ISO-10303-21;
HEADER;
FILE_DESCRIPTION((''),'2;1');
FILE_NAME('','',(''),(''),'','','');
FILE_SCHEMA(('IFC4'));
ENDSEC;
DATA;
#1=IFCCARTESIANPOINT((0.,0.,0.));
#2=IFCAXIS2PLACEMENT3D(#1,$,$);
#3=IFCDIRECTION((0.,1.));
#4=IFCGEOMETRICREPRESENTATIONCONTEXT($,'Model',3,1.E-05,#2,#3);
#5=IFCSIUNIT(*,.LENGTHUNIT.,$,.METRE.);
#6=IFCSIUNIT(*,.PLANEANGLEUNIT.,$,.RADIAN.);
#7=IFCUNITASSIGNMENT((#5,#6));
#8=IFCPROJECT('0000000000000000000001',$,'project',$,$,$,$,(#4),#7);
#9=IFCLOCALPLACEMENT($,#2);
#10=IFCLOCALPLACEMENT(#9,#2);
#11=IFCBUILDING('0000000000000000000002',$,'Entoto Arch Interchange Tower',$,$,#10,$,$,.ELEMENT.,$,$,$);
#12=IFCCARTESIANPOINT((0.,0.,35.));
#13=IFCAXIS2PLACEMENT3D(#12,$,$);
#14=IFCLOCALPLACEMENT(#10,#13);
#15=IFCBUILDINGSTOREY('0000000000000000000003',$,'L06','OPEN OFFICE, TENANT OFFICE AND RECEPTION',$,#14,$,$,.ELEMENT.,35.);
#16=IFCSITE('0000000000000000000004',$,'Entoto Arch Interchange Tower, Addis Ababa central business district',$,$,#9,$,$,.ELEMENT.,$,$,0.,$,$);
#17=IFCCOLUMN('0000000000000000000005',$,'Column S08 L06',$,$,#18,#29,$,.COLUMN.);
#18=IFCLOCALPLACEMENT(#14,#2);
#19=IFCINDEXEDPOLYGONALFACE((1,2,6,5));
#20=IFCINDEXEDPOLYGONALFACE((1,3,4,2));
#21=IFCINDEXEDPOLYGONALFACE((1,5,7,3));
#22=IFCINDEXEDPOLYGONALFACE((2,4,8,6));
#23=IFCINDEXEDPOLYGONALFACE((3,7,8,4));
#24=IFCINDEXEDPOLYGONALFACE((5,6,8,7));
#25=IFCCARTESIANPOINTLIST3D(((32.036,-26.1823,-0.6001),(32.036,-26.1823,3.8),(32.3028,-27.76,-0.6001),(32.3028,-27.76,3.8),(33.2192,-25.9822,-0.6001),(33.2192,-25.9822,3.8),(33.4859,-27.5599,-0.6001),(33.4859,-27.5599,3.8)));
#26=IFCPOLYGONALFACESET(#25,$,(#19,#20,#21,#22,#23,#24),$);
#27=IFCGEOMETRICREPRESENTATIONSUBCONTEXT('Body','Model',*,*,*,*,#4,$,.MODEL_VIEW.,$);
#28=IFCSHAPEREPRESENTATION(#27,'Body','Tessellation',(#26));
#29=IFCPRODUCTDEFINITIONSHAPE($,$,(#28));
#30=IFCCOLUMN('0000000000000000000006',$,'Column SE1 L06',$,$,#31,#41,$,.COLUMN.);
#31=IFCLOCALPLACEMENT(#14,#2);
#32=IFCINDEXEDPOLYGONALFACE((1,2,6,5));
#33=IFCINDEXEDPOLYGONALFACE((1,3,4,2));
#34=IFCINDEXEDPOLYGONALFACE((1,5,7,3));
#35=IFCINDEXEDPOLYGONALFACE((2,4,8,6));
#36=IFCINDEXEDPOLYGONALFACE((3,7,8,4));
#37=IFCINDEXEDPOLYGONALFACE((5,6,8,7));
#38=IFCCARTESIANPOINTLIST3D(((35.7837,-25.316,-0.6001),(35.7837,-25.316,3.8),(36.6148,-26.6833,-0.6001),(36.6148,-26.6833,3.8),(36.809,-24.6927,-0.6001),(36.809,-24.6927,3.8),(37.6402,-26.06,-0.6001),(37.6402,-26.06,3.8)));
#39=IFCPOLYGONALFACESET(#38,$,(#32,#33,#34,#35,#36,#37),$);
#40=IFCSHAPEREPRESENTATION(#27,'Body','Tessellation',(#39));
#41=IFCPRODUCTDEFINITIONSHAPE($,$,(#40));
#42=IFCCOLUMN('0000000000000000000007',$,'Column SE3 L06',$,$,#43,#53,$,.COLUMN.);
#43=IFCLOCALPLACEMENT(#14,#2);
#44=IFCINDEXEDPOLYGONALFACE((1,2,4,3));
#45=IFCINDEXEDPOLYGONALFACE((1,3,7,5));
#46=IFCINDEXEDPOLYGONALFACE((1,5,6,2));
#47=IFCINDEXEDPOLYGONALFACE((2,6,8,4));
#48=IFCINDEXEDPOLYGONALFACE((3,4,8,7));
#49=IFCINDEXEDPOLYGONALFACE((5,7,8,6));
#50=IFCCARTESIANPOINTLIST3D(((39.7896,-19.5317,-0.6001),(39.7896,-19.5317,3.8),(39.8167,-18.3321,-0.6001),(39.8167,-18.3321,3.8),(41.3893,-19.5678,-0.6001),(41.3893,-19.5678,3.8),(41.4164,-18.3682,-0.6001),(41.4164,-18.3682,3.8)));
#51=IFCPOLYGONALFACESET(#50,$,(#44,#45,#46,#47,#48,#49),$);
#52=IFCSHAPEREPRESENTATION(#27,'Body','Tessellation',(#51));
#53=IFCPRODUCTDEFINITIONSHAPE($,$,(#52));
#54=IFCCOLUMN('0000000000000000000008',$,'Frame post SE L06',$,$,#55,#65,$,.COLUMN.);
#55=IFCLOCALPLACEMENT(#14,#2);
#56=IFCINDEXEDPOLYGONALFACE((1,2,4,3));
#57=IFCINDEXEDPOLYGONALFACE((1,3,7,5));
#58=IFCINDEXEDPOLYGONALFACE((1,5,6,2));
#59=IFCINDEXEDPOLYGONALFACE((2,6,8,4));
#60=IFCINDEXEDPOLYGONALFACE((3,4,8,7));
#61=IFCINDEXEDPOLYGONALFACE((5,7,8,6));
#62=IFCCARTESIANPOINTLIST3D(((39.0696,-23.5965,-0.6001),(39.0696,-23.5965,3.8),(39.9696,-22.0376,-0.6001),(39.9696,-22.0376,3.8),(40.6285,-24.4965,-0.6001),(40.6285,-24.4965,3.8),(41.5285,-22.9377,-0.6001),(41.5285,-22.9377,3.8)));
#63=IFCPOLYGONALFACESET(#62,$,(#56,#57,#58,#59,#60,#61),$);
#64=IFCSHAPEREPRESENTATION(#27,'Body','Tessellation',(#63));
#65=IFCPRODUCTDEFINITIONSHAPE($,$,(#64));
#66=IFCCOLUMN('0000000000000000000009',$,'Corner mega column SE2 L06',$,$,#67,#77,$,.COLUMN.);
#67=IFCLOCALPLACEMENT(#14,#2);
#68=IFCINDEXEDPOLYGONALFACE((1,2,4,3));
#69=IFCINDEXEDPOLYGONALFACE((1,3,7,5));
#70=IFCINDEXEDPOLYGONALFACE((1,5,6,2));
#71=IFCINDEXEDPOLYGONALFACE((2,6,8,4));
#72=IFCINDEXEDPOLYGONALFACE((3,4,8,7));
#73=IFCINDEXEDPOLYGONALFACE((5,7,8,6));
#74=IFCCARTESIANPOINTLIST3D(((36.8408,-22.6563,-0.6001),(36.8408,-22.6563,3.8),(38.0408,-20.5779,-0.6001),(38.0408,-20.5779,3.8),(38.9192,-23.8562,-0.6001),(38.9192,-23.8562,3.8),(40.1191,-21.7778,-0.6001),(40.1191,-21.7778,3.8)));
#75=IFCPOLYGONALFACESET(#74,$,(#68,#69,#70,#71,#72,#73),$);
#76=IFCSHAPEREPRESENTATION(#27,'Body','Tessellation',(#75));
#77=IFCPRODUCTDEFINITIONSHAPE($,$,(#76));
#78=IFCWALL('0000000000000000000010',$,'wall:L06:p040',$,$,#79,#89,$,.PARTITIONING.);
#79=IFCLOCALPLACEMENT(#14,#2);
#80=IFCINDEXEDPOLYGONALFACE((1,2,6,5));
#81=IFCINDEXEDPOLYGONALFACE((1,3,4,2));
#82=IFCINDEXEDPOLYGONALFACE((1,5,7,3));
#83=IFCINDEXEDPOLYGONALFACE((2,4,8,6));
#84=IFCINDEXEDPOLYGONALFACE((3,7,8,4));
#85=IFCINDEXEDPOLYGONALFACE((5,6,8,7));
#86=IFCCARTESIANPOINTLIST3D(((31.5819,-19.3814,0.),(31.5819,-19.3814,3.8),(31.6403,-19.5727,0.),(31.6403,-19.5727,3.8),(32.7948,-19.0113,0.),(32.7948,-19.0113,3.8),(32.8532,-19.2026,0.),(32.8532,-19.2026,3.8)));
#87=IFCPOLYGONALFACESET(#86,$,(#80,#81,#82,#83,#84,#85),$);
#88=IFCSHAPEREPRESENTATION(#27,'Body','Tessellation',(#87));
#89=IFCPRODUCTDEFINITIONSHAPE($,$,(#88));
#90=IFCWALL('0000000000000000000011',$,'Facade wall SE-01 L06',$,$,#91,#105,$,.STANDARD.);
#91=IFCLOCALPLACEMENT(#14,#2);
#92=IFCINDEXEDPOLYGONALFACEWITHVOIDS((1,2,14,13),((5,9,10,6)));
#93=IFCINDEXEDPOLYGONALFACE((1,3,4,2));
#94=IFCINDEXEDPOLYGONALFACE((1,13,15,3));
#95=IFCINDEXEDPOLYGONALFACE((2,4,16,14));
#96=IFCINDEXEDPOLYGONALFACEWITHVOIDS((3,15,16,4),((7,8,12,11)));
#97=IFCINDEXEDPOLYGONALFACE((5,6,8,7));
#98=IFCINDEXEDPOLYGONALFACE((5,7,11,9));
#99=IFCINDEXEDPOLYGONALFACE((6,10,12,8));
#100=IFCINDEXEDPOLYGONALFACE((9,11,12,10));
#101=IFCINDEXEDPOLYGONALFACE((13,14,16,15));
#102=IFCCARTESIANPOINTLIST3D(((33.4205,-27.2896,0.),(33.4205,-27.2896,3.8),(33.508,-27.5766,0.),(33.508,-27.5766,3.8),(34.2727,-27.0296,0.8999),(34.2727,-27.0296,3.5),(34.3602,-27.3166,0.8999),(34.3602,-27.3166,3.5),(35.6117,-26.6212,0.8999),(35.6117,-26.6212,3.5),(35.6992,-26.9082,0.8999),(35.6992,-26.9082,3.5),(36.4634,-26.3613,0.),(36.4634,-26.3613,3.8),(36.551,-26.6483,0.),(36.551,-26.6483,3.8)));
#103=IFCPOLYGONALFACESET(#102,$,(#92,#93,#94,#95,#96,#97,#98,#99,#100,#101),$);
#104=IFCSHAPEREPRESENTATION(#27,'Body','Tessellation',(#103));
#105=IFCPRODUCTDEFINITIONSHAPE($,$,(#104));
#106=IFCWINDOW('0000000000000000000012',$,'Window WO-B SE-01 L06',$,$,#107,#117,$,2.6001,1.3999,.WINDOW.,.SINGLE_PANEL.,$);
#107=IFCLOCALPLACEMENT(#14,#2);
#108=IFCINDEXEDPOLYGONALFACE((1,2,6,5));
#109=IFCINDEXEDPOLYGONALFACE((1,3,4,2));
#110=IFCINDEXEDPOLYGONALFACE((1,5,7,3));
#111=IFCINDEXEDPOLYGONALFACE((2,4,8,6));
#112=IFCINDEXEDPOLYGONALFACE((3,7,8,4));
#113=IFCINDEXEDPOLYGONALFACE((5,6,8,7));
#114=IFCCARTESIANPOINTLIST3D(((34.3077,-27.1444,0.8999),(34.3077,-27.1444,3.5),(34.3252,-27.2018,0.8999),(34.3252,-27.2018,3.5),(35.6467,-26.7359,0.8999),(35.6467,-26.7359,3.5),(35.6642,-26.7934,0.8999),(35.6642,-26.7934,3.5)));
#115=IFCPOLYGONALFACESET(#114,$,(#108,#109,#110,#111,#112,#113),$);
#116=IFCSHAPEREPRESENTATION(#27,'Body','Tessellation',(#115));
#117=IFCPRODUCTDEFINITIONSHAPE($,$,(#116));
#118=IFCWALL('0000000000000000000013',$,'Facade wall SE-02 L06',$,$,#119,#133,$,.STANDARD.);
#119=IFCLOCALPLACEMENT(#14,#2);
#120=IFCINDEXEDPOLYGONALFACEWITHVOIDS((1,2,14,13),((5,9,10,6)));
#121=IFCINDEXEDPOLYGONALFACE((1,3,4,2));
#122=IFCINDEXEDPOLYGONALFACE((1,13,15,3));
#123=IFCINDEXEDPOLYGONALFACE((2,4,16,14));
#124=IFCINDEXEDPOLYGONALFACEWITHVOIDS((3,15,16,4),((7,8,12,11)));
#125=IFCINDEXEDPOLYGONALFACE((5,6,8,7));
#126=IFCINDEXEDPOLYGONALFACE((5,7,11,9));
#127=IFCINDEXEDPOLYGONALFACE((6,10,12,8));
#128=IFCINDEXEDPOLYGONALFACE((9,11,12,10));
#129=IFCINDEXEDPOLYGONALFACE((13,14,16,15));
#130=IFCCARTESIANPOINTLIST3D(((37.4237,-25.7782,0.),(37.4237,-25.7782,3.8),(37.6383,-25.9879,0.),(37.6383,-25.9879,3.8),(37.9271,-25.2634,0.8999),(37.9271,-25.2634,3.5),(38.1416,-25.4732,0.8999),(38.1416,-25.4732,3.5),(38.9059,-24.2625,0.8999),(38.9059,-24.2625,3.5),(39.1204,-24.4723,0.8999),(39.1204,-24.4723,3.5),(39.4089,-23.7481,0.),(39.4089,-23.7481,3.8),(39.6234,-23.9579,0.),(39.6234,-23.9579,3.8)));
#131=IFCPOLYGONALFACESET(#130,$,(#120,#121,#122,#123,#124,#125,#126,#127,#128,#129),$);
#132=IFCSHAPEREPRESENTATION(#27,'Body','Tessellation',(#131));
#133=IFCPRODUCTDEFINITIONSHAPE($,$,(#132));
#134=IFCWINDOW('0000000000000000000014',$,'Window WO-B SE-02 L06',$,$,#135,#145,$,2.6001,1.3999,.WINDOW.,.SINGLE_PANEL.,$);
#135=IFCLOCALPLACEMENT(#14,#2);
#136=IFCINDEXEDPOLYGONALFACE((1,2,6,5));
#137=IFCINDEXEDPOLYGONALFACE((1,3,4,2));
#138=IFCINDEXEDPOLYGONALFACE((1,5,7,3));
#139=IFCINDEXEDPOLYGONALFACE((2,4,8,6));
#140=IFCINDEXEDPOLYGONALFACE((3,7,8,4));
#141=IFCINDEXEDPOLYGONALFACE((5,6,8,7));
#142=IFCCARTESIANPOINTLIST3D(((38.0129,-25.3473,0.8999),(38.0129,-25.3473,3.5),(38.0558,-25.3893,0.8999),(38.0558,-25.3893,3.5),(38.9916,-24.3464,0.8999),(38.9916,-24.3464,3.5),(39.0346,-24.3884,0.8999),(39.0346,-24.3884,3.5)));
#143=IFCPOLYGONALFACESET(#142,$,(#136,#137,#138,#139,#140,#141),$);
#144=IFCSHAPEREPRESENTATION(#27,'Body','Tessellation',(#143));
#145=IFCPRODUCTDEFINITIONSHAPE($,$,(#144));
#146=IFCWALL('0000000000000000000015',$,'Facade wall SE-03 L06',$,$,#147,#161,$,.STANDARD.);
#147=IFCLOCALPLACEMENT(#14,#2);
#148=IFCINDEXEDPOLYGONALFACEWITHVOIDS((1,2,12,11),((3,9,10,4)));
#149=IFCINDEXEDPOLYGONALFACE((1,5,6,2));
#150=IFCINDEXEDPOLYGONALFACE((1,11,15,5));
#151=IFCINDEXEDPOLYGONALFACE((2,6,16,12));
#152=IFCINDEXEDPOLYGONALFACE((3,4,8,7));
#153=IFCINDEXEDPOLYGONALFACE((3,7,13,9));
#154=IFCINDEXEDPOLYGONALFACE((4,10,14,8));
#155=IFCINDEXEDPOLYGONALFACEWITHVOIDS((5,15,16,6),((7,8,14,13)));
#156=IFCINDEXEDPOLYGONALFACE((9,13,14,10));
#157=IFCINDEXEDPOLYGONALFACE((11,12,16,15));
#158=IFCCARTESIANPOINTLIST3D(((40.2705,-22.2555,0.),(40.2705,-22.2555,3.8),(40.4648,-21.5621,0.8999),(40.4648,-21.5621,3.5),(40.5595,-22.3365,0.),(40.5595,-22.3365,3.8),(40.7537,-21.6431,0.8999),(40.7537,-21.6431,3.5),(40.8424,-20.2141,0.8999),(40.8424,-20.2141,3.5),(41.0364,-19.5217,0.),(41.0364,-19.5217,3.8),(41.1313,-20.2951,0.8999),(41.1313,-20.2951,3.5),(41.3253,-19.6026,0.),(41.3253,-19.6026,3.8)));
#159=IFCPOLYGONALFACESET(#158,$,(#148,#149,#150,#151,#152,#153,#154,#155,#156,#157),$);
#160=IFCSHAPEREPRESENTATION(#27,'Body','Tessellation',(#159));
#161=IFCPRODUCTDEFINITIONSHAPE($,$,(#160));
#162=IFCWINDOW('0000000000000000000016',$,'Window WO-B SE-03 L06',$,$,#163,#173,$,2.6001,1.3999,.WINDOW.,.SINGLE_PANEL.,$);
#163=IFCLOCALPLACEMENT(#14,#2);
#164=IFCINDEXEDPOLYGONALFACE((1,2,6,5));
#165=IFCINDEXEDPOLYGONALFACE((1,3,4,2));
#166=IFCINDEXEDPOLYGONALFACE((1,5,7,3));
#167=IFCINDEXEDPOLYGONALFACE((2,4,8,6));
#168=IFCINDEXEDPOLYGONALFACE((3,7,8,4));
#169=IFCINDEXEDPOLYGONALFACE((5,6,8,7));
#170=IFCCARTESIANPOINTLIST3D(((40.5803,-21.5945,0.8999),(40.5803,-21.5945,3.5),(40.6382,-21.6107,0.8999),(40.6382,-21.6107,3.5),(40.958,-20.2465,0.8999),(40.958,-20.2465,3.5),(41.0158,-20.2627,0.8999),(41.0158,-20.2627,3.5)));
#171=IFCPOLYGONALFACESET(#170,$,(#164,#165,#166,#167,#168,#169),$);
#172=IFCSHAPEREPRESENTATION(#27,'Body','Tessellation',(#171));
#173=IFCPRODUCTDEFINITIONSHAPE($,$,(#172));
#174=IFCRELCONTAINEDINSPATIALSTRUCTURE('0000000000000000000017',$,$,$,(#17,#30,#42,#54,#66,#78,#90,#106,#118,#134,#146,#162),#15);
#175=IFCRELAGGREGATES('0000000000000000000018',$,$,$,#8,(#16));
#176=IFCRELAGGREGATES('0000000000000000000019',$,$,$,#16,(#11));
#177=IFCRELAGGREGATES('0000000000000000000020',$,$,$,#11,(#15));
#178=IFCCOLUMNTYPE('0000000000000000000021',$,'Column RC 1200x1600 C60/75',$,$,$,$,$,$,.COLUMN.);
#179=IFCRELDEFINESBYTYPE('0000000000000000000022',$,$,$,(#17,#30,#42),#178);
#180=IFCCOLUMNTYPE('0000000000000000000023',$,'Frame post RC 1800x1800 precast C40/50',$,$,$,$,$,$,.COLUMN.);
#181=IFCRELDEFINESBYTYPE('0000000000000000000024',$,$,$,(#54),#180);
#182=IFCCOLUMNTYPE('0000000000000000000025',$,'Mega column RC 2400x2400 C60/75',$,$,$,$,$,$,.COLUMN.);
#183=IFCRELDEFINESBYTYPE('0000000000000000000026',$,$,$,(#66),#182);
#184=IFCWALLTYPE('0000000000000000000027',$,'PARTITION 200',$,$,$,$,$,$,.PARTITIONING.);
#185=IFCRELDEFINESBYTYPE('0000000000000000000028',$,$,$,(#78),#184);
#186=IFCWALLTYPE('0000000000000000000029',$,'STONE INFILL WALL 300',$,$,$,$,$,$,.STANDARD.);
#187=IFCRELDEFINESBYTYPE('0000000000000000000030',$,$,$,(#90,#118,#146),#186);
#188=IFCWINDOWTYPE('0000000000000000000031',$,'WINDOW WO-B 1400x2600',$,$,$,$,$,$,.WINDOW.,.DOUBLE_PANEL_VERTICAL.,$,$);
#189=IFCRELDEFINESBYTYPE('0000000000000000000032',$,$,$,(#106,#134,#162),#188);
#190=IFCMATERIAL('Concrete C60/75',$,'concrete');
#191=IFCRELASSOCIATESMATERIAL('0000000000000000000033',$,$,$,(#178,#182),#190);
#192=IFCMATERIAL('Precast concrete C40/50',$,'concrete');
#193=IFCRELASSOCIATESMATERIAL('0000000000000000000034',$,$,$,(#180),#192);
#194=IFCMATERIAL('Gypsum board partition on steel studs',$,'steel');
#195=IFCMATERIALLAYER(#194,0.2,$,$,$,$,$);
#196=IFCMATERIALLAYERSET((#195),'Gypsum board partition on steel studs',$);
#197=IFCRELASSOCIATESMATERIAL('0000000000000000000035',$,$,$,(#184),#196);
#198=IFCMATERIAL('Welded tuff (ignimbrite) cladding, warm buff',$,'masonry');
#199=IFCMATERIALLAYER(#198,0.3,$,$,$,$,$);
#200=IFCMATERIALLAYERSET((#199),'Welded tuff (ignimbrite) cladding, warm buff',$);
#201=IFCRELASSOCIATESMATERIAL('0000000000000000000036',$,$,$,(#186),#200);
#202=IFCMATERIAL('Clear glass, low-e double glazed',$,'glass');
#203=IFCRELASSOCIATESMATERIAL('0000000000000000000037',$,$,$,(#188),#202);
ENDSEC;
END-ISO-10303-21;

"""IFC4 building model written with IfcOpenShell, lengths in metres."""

from ifc_helpers import new_model, si_unit, direction, frame, frame_2d, origin, origin_2d, place, context, subcontext, project, spatial, rectangle, extrude, material, layer, layer_set, material_profile, profile_set, type_object, element, fill, save


model = new_model("IFC4")

# Units and contexts
model_context = context("Model", 3, precision=1e-05, world=origin(), true_north=direction((0.0, 1.0)))
body_context = subcontext(model_context, "Body", "Model", "MODEL_VIEW")
ifc_project = project(units=[si_unit("LENGTHUNIT", "METRE"), si_unit("PLANEANGLEUNIT", "RADIAN")], contexts=[model_context])

# Site, building, storey
site_placement = place(None, origin())
site = spatial("IfcSite", under=ifc_project, at=site_placement, Name="Entoto Arch Interchange Tower, Addis Ababa central business district", CompositionType="ELEMENT", RefElevation=0.0)
building_placement = place(site_placement, origin())
building = spatial("IfcBuilding", under=site, at=building_placement, Name="Entoto Arch Interchange Tower", CompositionType="ELEMENT")
storey_placement = place(building_placement, frame((0.0, 0.0, 35.0)))
storey = spatial("IfcBuildingStorey", under=building, at=storey_placement, Name="L06", Description="OPEN OFFICE, TENANT OFFICE AND RECEPTION", CompositionType="ELEMENT", Elevation=35.0)

# Columns
ifc_material_1 = material(Name="Concrete C60/75", Category="concrete")
ifc_material_profile_1 = material_profile(ifc_material_1, rectangle(XDim=1.2, YDim=1.6001, at=origin_2d()))
ifc_profile_set_1 = profile_set([ifc_material_profile_1], Name="Concrete C60/75")
column_type_1 = type_object("IfcColumnType", Name="Column RC 1200x1600 C60/75", PredefinedType="COLUMN", material=ifc_profile_set_1)
for number, where, z_axis, x_axis, name in (
    (1, (32.761, -26.8711, -0.6001), (0.0, 0.0, 1.0), (0.986005, 0.166717, 0.0), "Column S08 L06"),
    (2, (36.7119, -25.688, -0.6001), (0.0, 0.0, 1.0), (0.854522, 0.519415, 0.0), "Column SE1 L06"),
    (3, (40.603, -18.95, -0.6001), (0.0, 0.0, 1.0), (0.022565, 0.999745, 0.0), "Column SE3 L06"),
):
    element("IfcColumn", number, at=place(storey_placement, frame(where, z_axis=z_axis, x_axis=x_axis)), inside=storey, type_object=column_type_1, Name=name, PredefinedType="COLUMN", context=body_context, shape_type="SweptSolid", body=[
        extrude(rectangle(XDim=1.2, YDim=1.6001, at=origin_2d()), origin(), (0.0, 0.0, 1.0), 4.4001),
    ])
ifc_material_2 = material(Name="Precast concrete C40/50", Category="concrete")
ifc_material_profile_2 = material_profile(ifc_material_2, rectangle(XDim=1.8, YDim=1.8, at=origin_2d()))
ifc_profile_set_2 = profile_set([ifc_material_profile_2], Name="Precast concrete C40/50")
column_type_2 = type_object("IfcColumnType", Name="Frame post RC 1800x1800 precast C40/50", PredefinedType="COLUMN", material=ifc_profile_set_2)
column_1_placement = place(storey_placement, frame((40.2991, -23.2671, -0.6001), z_axis=(0.0, 0.0, 1.0), x_axis=(-0.866025, 0.5, 0.0)))
element("IfcColumn", 4, at=column_1_placement, inside=storey, type_object=column_type_2, Name="Frame post SE L06", PredefinedType="COLUMN", context=body_context, shape_type="SweptSolid", body=[
    extrude(rectangle(XDim=1.8, YDim=1.8, at=origin_2d()), origin(), (0.0, 0.0, 1.0), 4.4001),
])
ifc_material_profile_3 = material_profile(ifc_material_1, rectangle(XDim=2.3999, YDim=2.3999, at=origin_2d()))
ifc_profile_set_3 = profile_set([ifc_material_profile_3], Name="Concrete C60/75")
column_type_3 = type_object("IfcColumnType", Name="Mega column RC 2400x2400 C60/75", PredefinedType="COLUMN", material=ifc_profile_set_3)
column_2_placement = place(storey_placement, frame((38.48, -22.217, -0.6001), z_axis=(0.0, 0.0, 1.0), x_axis=(-0.866025, 0.5, 0.0)))
element("IfcColumn", 5, at=column_2_placement, inside=storey, type_object=column_type_3, Name="Corner mega column SE2 L06", PredefinedType="COLUMN", context=body_context, shape_type="SweptSolid", body=[
    extrude(rectangle(XDim=2.3999, YDim=2.3999, at=origin_2d()), origin(), (0.0, 0.0, 1.0), 4.4001),
])

# Wall
ifc_material_3 = material(Name="Gypsum board partition on steel studs", Category="steel")
ifc_layer_1 = layer(ifc_material_3, 0.2)
ifc_layer_set_1 = layer_set([ifc_layer_1], Name="Gypsum board partition on steel studs")
wall_type_1 = type_object("IfcWallType", Name="PARTITION 200", PredefinedType="PARTITIONING", material=ifc_layer_set_1)
wall_1_placement = place(storey_placement, frame((32.824, -19.1069, 0.0), z_axis=(0.0, 0.0, 1.0), x_axis=(-0.956459, -0.291866, 0.0)))
element("IfcWall", 6, at=wall_1_placement, inside=storey, type_object=wall_type_1, Name="wall:L06:p040", PredefinedType="PARTITIONING", context=body_context, shape_type="SweptSolid", body=[
    extrude(rectangle(XDim=1.2681, YDim=0.2, at=frame_2d((0.634, 0.0))), origin(), (0.0, 0.0, 1.0), 3.8),
])

# Walls, openings, windows
ifc_material_4 = material(Name="Welded tuff (ignimbrite) cladding, warm buff", Category="masonry")
ifc_layer_2 = layer(ifc_material_4, 0.3)
ifc_layer_set_2 = layer_set([ifc_layer_2], Name="Welded tuff (ignimbrite) cladding, warm buff")
wall_type_2 = type_object("IfcWallType", Name="STONE INFILL WALL 300", PredefinedType="STANDARD", material=ifc_layer_set_2)
wall_2_placement = place(storey_placement, frame((33.4641, -27.4331, 0.0), z_axis=(0.0, 0.0, 1.0), x_axis=(0.95649, 0.291766, 0.0)))
wall_2 = element("IfcWall", 7, at=wall_2_placement, inside=storey, type_object=wall_type_2, Name="Facade wall SE-01 L06", PredefinedType="STANDARD", context=body_context, shape_type="SweptSolid", body=[
    extrude(rectangle(XDim=3.1814, YDim=0.3, at=frame_2d((1.5908, 0.0))), origin(), (0.0, 0.0, 1.0), 3.8),
])
opening_1_placement = place(wall_2_placement, frame((0.8911, 0.0, 0.8999)))
opening_1 = element("IfcOpeningElement", 8, at=opening_1_placement, cuts=wall_2, PredefinedType="OPENING", context=body_context, shape_type="SweptSolid", body=[
    extrude(rectangle(XDim=1.3999, YDim=2.6001, at=frame_2d((0.7, 1.3))), frame((0.0, 0.1602, 0.0), z_axis=(0.0, -1.0, 0.0), x_axis=(1.0, 0.0, 0.0)), (0.0, 0.0, 1.0), 0.3201),
])
ifc_material_5 = material(Name="Clear glass, low-e double glazed", Category="glass")
window_type = type_object("IfcWindowType", Name="WINDOW WO-B 1400x2600", PartitioningType="DOUBLE_PANEL_VERTICAL", PredefinedType="WINDOW", material=ifc_material_5)
window_1_placement = place(opening_1_placement, origin())
window_1 = element("IfcWindow", 9, at=window_1_placement, inside=storey, type_object=window_type, Name="Window WO-B SE-01 L06", OverallHeight=2.6001, OverallWidth=1.3999, PartitioningType="SINGLE_PANEL", PredefinedType="WINDOW", context=body_context, shape_type="SweptSolid", body=[
    extrude(rectangle(XDim=1.3999, YDim=2.6001, at=frame_2d((0.7, 1.3))), frame((0.0, 0.03, 0.0), z_axis=(0.0, -1.0, 0.0), x_axis=(1.0, 0.0, 0.0)), (0.0, 0.0, 1.0), 0.0601),
])
fill(opening_1, window_1)
wall_3_placement = place(storey_placement, frame((37.531, -25.8831, 0.0), z_axis=(0.0, 0.0, 1.0), x_axis=(0.699152, 0.714973, 0.0)))
wall_3 = element("IfcWall", 10, at=wall_3_placement, inside=storey, type_object=wall_type_2, Name="Facade wall SE-02 L06", PredefinedType="STANDARD", context=body_context, shape_type="SweptSolid", body=[
    extrude(rectangle(XDim=2.8394, YDim=0.3, at=frame_2d((1.4197, 0.0))), origin(), (0.0, 0.0, 1.0), 3.8),
])
opening_2_placement = place(wall_3_placement, frame((0.72, 0.0, 0.8999)))
opening_2 = element("IfcOpeningElement", 11, at=opening_2_placement, cuts=wall_3, PredefinedType="OPENING", context=body_context, shape_type="SweptSolid", body=[
    extrude(rectangle(XDim=1.3999, YDim=2.6001, at=frame_2d((0.7, 1.3))), frame((0.0, 0.1602, 0.0), z_axis=(0.0, -1.0, 0.0), x_axis=(1.0, 0.0, 0.0)), (0.0, 0.0, 1.0), 0.3201),
])
window_2_placement = place(opening_2_placement, origin())
window_2 = element("IfcWindow", 12, at=window_2_placement, inside=storey, type_object=window_type, Name="Window WO-B SE-02 L06", OverallHeight=2.6001, OverallWidth=1.3999, PartitioningType="SINGLE_PANEL", PredefinedType="WINDOW", context=body_context, shape_type="SweptSolid", body=[
    extrude(rectangle(XDim=1.3999, YDim=2.6001, at=frame_2d((0.7, 1.3))), frame((0.0, 0.03, 0.0), z_axis=(0.0, -1.0, 0.0), x_axis=(1.0, 0.0, 0.0)), (0.0, 0.0, 1.0), 0.0601),
])
fill(opening_2, window_2)
wall_4_placement = place(storey_placement, frame((40.415, -22.2959, 0.0), z_axis=(0.0, 0.0, 1.0), x_axis=(0.269754, 0.962929, 0.0)))
wall_4 = element("IfcWall", 13, at=wall_4_placement, inside=storey, type_object=wall_type_2, Name="Facade wall SE-03 L06", PredefinedType="STANDARD", context=body_context, shape_type="SweptSolid", body=[
    extrude(rectangle(XDim=2.8391, YDim=0.3, at=frame_2d((1.4194, 0.0))), origin(), (0.0, 0.0, 1.0), 3.8),
])
opening_3_placement = place(wall_4_placement, frame((0.72, 0.0, 0.8999)))
opening_3 = element("IfcOpeningElement", 14, at=opening_3_placement, cuts=wall_4, PredefinedType="OPENING", context=body_context, shape_type="SweptSolid", body=[
    extrude(rectangle(XDim=1.3999, YDim=2.6001, at=frame_2d((0.7, 1.3))), frame((0.0, 0.1602, 0.0), z_axis=(0.0, -1.0, 0.0), x_axis=(1.0, 0.0, 0.0)), (0.0, 0.0, 1.0), 0.3201),
])
window_3_placement = place(opening_3_placement, origin())
window_3 = element("IfcWindow", 15, at=window_3_placement, inside=storey, type_object=window_type, Name="Window WO-B SE-03 L06", OverallHeight=2.6001, OverallWidth=1.3999, PartitioningType="SINGLE_PANEL", PredefinedType="WINDOW", context=body_context, shape_type="SweptSolid", body=[
    extrude(rectangle(XDim=1.3999, YDim=2.6001, at=frame_2d((0.7, 1.3))), frame((0.0, 0.03, 0.0), z_axis=(0.0, -1.0, 0.0), x_axis=(1.0, 0.0, 0.0)), (0.0, 0.0, 1.0), 0.0601),
])
fill(opening_3, window_3)

save(model, "model.ifc")
